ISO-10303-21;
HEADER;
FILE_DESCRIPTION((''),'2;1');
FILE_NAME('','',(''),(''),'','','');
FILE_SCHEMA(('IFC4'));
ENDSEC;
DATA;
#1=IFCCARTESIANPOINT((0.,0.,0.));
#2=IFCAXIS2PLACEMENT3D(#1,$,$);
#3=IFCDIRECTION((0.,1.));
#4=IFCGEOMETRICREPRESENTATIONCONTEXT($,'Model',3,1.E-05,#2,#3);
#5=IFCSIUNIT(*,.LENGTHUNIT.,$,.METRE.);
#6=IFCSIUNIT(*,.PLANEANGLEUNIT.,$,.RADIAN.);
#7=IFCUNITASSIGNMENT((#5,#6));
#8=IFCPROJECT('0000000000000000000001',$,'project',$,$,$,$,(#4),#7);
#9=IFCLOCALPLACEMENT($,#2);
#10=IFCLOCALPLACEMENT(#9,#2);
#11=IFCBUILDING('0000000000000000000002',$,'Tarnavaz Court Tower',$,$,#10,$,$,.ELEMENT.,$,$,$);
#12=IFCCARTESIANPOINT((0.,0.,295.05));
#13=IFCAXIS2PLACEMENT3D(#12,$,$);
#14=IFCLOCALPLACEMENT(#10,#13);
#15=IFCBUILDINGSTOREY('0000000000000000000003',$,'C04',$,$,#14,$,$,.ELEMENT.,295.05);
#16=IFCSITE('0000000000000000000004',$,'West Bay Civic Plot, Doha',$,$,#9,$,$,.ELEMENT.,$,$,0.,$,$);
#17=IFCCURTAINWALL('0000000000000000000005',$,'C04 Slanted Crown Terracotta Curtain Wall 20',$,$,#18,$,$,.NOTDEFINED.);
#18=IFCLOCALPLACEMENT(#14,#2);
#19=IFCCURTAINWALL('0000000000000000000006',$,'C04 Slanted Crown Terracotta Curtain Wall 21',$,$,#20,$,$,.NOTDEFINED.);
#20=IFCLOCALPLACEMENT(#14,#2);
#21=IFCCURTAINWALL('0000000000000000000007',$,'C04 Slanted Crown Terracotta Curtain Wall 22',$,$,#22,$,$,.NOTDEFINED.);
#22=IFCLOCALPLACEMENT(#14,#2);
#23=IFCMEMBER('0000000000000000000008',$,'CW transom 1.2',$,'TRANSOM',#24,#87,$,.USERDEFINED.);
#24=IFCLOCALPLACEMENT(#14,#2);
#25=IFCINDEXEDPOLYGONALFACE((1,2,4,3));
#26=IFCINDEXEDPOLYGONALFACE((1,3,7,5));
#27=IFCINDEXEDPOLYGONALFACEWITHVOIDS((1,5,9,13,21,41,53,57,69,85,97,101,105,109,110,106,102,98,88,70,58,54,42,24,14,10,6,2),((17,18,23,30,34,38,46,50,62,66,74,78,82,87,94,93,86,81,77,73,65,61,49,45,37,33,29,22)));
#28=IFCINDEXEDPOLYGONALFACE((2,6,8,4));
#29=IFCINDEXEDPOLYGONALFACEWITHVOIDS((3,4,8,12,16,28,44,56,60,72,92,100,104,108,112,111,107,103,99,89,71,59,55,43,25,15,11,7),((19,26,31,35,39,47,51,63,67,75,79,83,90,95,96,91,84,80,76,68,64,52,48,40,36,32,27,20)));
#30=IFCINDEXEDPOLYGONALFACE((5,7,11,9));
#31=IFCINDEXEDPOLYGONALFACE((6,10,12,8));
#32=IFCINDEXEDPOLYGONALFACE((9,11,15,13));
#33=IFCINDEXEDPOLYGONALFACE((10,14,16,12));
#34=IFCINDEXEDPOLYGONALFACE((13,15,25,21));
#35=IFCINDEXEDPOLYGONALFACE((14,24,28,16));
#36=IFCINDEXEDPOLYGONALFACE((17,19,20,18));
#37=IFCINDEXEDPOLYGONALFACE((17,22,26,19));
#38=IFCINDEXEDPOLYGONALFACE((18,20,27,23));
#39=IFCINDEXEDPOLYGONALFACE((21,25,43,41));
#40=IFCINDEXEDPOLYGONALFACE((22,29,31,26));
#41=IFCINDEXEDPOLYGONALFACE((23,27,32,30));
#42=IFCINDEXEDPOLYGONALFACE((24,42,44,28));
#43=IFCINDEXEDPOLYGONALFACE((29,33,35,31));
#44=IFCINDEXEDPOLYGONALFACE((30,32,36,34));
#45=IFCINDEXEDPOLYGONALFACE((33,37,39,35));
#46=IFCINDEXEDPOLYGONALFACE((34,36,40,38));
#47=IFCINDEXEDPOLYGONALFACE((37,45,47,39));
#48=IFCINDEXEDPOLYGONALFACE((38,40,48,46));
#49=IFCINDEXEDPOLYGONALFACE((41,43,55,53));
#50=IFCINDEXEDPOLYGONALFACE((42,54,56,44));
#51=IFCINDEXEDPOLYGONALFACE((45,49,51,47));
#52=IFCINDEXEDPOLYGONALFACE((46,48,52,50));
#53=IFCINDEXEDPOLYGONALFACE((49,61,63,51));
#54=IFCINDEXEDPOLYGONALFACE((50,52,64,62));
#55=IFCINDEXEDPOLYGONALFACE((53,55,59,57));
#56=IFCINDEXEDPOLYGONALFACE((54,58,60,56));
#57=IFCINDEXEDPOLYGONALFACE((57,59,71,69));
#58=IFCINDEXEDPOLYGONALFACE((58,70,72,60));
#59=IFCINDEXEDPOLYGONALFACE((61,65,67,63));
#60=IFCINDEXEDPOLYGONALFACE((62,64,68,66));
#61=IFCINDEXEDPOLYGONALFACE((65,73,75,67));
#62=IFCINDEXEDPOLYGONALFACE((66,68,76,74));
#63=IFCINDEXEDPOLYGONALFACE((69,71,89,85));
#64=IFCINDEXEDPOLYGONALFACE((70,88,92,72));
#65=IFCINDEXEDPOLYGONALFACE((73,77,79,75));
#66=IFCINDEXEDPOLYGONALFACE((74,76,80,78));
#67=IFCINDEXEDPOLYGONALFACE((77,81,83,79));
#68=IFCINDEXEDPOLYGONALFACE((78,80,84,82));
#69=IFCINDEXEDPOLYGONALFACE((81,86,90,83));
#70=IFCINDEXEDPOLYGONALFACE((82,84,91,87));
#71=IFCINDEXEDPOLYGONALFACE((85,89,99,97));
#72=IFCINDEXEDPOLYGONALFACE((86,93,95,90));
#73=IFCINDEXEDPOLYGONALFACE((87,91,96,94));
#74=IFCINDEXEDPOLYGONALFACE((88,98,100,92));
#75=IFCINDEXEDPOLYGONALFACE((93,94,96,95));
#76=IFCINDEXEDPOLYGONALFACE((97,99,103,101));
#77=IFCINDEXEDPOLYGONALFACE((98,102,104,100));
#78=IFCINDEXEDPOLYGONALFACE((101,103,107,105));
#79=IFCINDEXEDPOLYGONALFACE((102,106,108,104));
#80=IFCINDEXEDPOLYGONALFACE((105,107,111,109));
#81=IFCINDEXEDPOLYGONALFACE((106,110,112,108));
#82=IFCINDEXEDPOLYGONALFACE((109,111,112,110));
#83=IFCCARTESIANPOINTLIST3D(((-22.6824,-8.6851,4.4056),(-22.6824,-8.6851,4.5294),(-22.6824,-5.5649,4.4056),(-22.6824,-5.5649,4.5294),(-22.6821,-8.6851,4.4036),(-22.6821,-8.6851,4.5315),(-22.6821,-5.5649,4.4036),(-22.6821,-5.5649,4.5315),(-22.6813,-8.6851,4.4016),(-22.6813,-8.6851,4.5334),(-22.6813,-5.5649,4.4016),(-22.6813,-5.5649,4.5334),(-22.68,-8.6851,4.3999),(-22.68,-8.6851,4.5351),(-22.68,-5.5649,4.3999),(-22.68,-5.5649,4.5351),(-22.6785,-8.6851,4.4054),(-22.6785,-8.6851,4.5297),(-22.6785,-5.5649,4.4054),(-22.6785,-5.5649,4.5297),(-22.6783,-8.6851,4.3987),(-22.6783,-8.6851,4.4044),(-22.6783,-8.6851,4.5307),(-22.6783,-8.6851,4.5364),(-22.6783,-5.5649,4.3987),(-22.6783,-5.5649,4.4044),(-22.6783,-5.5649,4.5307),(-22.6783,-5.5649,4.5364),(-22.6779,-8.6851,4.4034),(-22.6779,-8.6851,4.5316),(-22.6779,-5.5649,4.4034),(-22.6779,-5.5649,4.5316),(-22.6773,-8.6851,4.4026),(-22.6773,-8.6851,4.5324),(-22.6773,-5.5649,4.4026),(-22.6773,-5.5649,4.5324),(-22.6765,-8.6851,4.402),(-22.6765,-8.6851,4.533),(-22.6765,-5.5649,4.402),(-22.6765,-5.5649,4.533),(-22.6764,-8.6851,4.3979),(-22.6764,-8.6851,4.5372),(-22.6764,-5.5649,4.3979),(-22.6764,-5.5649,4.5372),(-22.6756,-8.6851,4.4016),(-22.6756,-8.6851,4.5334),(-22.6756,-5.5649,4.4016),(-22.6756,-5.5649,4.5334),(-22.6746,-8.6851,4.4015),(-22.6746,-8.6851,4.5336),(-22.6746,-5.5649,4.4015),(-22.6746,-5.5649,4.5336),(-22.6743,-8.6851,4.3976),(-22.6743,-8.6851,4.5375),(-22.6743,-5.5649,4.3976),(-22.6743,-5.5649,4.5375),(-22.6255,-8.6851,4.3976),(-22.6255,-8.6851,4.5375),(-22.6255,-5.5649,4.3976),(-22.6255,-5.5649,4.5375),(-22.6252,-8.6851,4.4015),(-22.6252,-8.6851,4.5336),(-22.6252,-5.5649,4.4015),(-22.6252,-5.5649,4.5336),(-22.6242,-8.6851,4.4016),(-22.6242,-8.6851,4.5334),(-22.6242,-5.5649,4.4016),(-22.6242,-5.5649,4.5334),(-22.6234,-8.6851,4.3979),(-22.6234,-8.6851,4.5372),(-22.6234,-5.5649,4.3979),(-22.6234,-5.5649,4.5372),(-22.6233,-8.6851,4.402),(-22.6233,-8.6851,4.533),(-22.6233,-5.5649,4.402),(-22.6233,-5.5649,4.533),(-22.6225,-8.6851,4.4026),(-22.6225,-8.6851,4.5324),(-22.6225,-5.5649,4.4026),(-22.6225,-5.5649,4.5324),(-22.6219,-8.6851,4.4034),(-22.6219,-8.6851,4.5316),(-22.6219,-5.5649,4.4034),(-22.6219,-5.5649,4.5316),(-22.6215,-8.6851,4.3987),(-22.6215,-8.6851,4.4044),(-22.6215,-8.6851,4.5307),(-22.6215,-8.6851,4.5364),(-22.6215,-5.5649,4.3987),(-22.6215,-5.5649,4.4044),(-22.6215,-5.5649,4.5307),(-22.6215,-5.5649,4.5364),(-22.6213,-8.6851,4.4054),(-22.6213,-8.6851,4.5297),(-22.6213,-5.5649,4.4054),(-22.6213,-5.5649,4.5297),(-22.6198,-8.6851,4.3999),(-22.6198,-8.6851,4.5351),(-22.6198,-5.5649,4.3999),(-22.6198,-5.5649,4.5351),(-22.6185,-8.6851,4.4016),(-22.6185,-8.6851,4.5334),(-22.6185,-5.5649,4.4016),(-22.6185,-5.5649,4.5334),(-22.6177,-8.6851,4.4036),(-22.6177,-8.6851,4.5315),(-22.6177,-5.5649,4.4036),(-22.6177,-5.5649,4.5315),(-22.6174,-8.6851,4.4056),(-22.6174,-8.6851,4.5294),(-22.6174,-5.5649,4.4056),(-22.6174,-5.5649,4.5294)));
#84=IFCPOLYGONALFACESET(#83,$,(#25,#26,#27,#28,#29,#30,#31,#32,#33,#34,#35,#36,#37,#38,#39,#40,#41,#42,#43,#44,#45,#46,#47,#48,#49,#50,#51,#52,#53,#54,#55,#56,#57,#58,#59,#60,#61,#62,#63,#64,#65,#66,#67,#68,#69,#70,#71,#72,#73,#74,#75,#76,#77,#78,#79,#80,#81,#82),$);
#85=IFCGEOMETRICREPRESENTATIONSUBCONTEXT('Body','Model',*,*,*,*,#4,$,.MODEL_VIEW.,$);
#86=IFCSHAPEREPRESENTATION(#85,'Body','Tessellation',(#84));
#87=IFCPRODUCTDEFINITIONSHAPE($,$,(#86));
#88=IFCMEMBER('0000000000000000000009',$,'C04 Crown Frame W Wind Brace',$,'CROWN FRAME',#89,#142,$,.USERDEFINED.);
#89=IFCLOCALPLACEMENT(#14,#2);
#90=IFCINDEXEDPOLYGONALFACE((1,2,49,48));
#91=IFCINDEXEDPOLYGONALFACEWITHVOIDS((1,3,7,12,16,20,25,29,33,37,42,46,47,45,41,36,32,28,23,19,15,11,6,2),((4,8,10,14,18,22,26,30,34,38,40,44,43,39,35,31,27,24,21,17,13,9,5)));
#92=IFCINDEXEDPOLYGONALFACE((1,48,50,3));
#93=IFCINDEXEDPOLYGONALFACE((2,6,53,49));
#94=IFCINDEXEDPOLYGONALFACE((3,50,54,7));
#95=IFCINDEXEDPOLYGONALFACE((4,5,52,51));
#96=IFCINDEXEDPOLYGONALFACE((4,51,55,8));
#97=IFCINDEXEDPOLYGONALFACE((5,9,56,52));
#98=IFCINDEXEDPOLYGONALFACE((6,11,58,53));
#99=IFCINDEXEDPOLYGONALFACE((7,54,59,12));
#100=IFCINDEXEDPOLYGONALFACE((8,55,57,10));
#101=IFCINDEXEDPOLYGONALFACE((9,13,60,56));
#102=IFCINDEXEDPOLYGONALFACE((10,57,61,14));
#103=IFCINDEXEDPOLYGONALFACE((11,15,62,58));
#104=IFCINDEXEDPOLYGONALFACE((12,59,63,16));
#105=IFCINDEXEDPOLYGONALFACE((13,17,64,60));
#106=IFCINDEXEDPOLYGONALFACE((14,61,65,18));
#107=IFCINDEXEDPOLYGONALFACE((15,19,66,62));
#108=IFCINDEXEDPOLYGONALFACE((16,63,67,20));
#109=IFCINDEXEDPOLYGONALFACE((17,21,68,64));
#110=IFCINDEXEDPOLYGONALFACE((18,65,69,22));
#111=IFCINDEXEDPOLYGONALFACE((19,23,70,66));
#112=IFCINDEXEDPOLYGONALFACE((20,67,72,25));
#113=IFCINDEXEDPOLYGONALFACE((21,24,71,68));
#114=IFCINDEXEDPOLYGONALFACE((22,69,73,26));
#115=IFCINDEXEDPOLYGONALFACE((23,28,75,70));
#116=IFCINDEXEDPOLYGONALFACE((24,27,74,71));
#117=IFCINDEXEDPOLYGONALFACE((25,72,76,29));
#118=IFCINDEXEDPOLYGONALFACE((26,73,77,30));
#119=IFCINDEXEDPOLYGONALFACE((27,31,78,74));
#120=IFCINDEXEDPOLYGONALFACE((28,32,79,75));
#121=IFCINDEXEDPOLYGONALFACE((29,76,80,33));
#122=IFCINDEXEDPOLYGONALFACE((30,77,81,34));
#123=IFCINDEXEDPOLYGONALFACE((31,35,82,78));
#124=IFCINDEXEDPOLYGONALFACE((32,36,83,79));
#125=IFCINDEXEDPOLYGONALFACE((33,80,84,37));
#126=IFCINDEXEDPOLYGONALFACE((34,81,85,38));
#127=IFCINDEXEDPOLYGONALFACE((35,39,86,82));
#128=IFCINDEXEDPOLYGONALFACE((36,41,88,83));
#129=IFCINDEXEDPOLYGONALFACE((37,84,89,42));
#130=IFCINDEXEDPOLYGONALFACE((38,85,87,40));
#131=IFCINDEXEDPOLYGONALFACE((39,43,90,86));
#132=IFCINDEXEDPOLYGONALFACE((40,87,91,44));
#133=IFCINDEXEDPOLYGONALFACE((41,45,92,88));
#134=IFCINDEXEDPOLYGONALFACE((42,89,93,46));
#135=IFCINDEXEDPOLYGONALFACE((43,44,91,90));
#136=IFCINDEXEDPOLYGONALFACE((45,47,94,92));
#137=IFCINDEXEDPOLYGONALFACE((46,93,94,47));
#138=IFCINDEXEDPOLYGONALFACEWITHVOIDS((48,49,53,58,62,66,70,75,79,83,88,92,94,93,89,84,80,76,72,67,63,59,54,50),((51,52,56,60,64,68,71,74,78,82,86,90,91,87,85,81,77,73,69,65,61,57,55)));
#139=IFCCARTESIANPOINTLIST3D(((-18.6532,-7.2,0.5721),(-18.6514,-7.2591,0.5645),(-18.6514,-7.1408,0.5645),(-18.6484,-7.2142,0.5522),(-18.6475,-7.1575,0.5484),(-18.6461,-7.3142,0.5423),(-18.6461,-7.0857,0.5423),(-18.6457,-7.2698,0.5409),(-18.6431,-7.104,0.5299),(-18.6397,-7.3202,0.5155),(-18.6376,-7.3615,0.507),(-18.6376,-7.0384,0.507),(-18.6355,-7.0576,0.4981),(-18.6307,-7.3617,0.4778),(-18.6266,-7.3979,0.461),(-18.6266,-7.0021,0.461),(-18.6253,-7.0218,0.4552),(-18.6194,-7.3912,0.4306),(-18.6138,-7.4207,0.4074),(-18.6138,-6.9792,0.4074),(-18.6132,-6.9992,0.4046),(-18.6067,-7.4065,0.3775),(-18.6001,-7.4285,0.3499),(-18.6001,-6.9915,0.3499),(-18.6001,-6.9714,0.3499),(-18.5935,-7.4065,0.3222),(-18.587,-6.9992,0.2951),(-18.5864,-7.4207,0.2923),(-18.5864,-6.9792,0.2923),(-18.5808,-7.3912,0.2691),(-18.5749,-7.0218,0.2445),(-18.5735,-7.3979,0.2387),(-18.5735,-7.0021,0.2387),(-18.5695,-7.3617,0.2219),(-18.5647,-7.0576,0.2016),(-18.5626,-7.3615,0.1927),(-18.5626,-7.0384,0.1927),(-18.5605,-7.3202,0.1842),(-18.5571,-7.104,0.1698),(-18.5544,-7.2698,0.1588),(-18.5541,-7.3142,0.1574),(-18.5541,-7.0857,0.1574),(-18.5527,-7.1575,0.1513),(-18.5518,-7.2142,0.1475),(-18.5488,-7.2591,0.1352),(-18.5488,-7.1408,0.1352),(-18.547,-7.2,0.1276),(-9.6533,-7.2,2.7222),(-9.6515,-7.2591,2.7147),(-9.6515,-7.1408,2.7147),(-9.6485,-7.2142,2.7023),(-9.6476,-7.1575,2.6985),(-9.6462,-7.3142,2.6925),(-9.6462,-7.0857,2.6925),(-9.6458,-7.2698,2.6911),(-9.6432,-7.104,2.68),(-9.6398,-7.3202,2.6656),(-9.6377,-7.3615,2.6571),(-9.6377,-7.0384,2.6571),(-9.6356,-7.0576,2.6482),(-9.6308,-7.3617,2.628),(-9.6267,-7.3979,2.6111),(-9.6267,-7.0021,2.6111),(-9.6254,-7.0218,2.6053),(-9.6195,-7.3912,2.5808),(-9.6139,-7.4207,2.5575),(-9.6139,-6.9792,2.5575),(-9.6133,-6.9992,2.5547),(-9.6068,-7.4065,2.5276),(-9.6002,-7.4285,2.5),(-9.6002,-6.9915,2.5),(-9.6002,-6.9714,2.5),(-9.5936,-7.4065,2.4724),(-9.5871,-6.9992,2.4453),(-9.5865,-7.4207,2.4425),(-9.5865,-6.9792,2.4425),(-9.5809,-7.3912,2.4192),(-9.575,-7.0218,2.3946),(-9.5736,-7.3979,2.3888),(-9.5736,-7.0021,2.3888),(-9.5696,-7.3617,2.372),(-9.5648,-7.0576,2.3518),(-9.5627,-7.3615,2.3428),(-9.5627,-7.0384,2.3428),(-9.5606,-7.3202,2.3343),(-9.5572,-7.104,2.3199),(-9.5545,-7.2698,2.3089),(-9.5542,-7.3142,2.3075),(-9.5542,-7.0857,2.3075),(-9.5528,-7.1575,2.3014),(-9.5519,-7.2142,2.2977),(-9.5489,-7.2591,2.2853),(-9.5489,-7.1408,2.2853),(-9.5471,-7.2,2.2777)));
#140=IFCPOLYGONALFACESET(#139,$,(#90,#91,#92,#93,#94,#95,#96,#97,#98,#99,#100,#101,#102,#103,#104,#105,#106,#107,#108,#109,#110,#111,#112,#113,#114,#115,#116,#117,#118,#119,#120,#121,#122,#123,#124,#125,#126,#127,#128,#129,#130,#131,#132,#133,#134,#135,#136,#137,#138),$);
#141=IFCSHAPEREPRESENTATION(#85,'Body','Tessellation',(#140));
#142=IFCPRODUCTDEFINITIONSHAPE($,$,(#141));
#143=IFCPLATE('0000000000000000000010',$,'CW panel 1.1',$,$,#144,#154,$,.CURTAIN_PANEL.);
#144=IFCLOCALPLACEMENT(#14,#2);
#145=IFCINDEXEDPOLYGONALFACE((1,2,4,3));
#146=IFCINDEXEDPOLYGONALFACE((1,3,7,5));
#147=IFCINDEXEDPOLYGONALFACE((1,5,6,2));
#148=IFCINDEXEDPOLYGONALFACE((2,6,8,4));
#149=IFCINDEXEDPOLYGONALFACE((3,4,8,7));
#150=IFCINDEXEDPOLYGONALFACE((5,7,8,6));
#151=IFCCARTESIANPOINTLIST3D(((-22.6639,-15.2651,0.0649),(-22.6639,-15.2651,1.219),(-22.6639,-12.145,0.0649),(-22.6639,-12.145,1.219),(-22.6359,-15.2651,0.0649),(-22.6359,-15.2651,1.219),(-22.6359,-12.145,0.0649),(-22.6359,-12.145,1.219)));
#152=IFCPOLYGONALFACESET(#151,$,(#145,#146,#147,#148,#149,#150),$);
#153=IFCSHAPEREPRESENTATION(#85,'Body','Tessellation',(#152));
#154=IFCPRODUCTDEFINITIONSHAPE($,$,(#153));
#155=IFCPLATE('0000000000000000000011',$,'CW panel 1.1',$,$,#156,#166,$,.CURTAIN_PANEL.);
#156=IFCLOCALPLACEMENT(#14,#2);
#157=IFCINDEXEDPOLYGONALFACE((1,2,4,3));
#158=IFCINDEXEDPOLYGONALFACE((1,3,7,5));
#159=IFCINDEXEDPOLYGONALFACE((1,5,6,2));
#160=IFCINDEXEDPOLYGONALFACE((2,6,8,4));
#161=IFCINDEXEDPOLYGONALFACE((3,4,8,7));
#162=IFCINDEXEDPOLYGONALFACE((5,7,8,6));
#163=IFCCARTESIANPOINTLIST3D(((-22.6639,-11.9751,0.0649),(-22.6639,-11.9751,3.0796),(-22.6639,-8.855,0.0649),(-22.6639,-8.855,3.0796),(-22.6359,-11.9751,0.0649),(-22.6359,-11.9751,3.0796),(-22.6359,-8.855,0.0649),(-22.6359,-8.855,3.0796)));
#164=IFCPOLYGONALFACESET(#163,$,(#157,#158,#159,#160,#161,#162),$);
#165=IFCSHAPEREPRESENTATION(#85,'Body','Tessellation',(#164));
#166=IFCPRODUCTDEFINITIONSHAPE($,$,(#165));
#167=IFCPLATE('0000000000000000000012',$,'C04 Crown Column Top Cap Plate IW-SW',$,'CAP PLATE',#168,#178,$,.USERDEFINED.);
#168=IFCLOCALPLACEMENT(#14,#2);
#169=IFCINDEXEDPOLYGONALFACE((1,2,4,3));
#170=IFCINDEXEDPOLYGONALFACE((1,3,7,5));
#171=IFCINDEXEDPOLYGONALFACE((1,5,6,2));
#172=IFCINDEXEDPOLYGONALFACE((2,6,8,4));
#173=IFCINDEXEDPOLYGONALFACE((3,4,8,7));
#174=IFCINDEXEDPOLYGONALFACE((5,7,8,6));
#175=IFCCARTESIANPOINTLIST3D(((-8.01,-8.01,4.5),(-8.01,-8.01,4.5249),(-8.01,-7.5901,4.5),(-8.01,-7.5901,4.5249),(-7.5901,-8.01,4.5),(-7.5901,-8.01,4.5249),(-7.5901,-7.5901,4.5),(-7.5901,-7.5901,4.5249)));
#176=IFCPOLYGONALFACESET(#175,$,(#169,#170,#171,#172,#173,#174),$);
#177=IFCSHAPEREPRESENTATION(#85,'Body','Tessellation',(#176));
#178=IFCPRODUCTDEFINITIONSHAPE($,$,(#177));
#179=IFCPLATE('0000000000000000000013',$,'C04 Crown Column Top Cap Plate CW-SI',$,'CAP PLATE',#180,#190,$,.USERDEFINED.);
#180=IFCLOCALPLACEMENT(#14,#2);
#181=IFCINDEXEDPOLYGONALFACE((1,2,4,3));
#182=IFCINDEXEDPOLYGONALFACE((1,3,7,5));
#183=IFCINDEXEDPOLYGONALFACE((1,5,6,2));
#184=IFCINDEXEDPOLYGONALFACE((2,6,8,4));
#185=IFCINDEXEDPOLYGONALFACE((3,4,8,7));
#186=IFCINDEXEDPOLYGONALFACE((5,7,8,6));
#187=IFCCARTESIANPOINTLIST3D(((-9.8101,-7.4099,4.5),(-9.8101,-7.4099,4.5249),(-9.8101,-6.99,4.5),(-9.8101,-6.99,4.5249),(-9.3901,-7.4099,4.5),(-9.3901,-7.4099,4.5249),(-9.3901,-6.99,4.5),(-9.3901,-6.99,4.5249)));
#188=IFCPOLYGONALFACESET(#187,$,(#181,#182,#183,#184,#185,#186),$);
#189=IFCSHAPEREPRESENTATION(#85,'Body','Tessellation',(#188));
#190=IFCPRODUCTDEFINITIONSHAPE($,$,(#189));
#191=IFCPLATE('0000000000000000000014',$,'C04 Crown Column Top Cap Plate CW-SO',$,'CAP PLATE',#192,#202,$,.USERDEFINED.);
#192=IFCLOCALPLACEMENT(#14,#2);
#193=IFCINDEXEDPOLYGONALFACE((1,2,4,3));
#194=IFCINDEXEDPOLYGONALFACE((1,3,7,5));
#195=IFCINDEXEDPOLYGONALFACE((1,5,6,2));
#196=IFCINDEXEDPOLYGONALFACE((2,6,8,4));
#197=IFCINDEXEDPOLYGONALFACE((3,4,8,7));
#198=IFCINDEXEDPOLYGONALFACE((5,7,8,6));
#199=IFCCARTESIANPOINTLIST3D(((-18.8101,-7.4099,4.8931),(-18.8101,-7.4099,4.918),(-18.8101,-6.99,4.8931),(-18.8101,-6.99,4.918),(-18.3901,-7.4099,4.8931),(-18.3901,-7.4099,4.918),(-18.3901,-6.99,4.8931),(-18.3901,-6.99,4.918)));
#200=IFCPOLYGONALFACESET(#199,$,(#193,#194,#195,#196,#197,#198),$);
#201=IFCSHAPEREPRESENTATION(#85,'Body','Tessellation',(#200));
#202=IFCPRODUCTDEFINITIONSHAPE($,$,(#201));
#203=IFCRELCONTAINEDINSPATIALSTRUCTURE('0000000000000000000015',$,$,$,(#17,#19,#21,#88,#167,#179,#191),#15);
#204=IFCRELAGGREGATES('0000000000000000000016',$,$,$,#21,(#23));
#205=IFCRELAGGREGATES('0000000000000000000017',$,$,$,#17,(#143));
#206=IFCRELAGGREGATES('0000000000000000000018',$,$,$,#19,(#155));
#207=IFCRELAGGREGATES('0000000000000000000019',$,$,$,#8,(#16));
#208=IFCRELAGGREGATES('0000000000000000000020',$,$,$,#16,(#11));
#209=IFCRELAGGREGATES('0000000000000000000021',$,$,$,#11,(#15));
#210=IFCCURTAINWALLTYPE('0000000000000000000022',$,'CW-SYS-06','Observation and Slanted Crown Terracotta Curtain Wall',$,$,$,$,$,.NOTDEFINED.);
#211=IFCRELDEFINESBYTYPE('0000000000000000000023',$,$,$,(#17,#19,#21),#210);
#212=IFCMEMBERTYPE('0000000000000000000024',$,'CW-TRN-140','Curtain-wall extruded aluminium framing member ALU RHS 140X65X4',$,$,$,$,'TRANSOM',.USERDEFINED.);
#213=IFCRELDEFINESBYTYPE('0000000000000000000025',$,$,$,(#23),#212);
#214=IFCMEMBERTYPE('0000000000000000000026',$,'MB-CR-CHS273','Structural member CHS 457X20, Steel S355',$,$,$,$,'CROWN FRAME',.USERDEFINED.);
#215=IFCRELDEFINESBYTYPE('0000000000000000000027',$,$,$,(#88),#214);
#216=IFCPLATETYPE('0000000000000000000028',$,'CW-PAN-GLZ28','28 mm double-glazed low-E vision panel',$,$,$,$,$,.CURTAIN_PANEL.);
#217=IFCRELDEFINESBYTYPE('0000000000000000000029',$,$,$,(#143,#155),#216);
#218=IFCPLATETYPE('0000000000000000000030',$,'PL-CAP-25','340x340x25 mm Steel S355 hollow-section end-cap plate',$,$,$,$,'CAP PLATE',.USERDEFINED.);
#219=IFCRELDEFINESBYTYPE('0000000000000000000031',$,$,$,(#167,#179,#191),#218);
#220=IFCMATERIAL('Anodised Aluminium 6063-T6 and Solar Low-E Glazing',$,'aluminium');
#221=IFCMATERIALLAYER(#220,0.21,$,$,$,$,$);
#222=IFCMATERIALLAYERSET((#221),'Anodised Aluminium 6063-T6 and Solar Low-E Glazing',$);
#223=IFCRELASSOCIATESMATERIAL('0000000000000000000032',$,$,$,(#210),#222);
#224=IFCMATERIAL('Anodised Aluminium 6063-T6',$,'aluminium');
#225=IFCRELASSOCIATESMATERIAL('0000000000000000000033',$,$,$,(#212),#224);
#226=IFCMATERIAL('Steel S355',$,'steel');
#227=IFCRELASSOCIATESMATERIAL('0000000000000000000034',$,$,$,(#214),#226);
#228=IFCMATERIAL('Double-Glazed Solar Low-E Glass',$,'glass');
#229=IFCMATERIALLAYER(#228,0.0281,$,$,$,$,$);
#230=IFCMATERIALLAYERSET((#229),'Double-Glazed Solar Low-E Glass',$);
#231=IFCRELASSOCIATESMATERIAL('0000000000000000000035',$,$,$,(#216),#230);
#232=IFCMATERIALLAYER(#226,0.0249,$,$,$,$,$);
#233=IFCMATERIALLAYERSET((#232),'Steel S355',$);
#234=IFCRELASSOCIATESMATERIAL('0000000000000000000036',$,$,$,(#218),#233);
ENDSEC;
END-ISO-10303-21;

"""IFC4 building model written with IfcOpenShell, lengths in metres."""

from ifc_helpers import new_model, si_unit, direction, frame, origin, origin_2d, place, context, subcontext, project, spatial, rectangle, hollow_rectangle, hollow_circle, extrude, material, layer, layer_set, material_profile, profile_set, type_object, element, aggregate, save


model = new_model("IFC4")

# Units and contexts
model_context = context("Model", 3, precision=1e-05, world=origin(), true_north=direction((0.0, 1.0)))
body_context = subcontext(model_context, "Body", "Model", "MODEL_VIEW")
ifc_project = project(units=[si_unit("LENGTHUNIT", "METRE"), si_unit("PLANEANGLEUNIT", "RADIAN")], contexts=[model_context])

# Site, building, storey
site_placement = place(None, origin())
site = spatial("IfcSite", under=ifc_project, at=site_placement, Name="West Bay Civic Plot, Doha", CompositionType="ELEMENT", RefElevation=0.0)
building_placement = place(site_placement, origin())
building = spatial("IfcBuilding", under=site, at=building_placement, Name="Tarnavaz Court Tower", CompositionType="ELEMENT")
storey_placement = place(building_placement, frame((0.0, 0.0, 295.05)))
storey = spatial("IfcBuildingStorey", under=building, at=storey_placement, Name="C04", CompositionType="ELEMENT", Elevation=295.05)

# Shared definitions
ifc_material_1 = material(Name="Steel S355", Category="steel")

# Curtain walls
ifc_material_2 = material(Name="Anodised Aluminium 6063-T6 and Solar Low-E Glazing", Category="aluminium")
ifc_layer_1 = layer(ifc_material_2, 0.21)
ifc_layer_set_1 = layer_set([ifc_layer_1], Name="Anodised Aluminium 6063-T6 and Solar Low-E Glazing")
curtain_wall_type = type_object("IfcCurtainWallType", Name="CW-SYS-06", Description="Observation and Slanted Crown Terracotta Curtain Wall", PredefinedType="NOTDEFINED", material=ifc_layer_set_1)
curtain_wall_1_placement = place(storey_placement, origin())
curtain_wall_1 = element("IfcCurtainWall", 1, at=curtain_wall_1_placement, inside=storey, type_object=curtain_wall_type, Name="C04 Slanted Crown Terracotta Curtain Wall 20", PredefinedType="NOTDEFINED")
ifc_material_3 = material(Name="Anodised Aluminium 6063-T6", Category="aluminium")
curtain_wall_2_placement = place(storey_placement, origin())
curtain_wall_2 = element("IfcCurtainWall", 2, at=curtain_wall_2_placement, inside=storey, type_object=curtain_wall_type, Name="C04 Slanted Crown Terracotta Curtain Wall 21", PredefinedType="NOTDEFINED")

# Curtain wall
curtain_wall_3_placement = place(storey_placement, origin())
curtain_wall_3 = element("IfcCurtainWall", 3, at=curtain_wall_3_placement, inside=storey, type_object=curtain_wall_type, Name="C04 Slanted Crown Terracotta Curtain Wall 22", PredefinedType="NOTDEFINED")

# Members
ifc_material_profile_1 = material_profile(ifc_material_3, hollow_rectangle(XDim=0.0649, YDim=0.1399, WallThickness=0.0039, InnerFilletRadius=0.0039, OuterFilletRadius=0.0081, at=origin_2d()), Name="ALU RHS 140X65X4")
ifc_profile_set_1 = profile_set([ifc_material_profile_1], Name="Anodised Aluminium 6063-T6")
member_type_1 = type_object("IfcMemberType", Name="CW-TRN-140", Description="Curtain-wall extruded aluminium framing member ALU RHS 140X65X4", ElementType="TRANSOM", PredefinedType="USERDEFINED", material=ifc_profile_set_1)
member_1_placement = place(storey_placement, frame((-22.6499, -8.6851, 4.4675), z_axis=(0.0, 1.0, 0.0), x_axis=(-1.0, 0.0, 0.0)))
member_1 = element("IfcMember", 4, at=member_1_placement, type_object=member_type_1, Name="CW transom 1.2", ObjectType="TRANSOM", PredefinedType="USERDEFINED", context=body_context, shape_type="SweptSolid", body=[
    extrude(hollow_rectangle(XDim=0.0649, YDim=0.1399, WallThickness=0.0039, InnerFilletRadius=0.0039, OuterFilletRadius=0.0081, at=origin_2d()), origin(), (0.0, 0.0, 1.0), 3.1201),
])
aggregate(curtain_wall_3, [member_1])
ifc_material_profile_2 = material_profile(ifc_material_1, hollow_circle(Radius=0.2285, WallThickness=0.02, at=origin_2d()), Name="CHS 457X20")
ifc_profile_set_2 = profile_set([ifc_material_profile_2], Name="Steel S355")
member_type_2 = type_object("IfcMemberType", Name="MB-CR-CHS273", Description="Structural member CHS 457X20, Steel S355", ElementType="CROWN FRAME", PredefinedType="USERDEFINED", material=ifc_profile_set_2)
member_2_placement = place(storey_placement, frame((-18.6001, -7.2, 0.3499), z_axis=(0.972628, 0.0, 0.232366), x_axis=(0.0, 1.0, 0.0)))
element("IfcMember", 5, at=member_2_placement, inside=storey, type_object=member_type_2, Name="C04 Crown Frame W Wind Brace", ObjectType="CROWN FRAME", PredefinedType="USERDEFINED", context=body_context, shape_type="SweptSolid", body=[
    extrude(hollow_circle(Radius=0.2285, WallThickness=0.02, at=origin_2d()), origin(), (0.0, 0.0, 1.0), 9.2532),
])

# Plates
ifc_material_4 = material(Name="Double-Glazed Solar Low-E Glass", Category="glass")
ifc_layer_2 = layer(ifc_material_4, 0.0281)
ifc_layer_set_2 = layer_set([ifc_layer_2], Name="Double-Glazed Solar Low-E Glass")
plate_type_1 = type_object("IfcPlateType", Name="CW-PAN-GLZ28", Description="28 mm double-glazed low-E vision panel", PredefinedType="CURTAIN_PANEL", material=ifc_layer_set_2)
plate_1_placement = place(storey_placement, frame((-22.6499, -13.7051, 0.0649), z_axis=(0.0, 0.0, 1.0), x_axis=(0.0, 1.0, 0.0)))
plate_1 = element("IfcPlate", 6, at=plate_1_placement, type_object=plate_type_1, Name="CW panel 1.1", PredefinedType="CURTAIN_PANEL", context=body_context, shape_type="SweptSolid", body=[
    extrude(rectangle(XDim=3.1201, YDim=0.0281, at=origin_2d()), origin(), (0.0, 0.0, 1.0), 1.1541),
])
aggregate(curtain_wall_1, [plate_1])
plate_2_placement = place(storey_placement, frame((-22.6499, -10.415, 0.0649), z_axis=(0.0, 0.0, 1.0), x_axis=(0.0, 1.0, 0.0)))
plate_2 = element("IfcPlate", 7, at=plate_2_placement, type_object=plate_type_1, Name="CW panel 1.1", PredefinedType="CURTAIN_PANEL", context=body_context, shape_type="SweptSolid", body=[
    extrude(rectangle(XDim=3.1201, YDim=0.0281, at=origin_2d()), origin(), (0.0, 0.0, 1.0), 3.0146),
])
aggregate(curtain_wall_2, [plate_2])

# Plates
ifc_layer_3 = layer(ifc_material_1, 0.0249)
ifc_layer_set_3 = layer_set([ifc_layer_3], Name="Steel S355")
plate_type_2 = type_object("IfcPlateType", Name="PL-CAP-25", Description="340x340x25 mm Steel S355 hollow-section end-cap plate", ElementType="CAP PLATE", PredefinedType="USERDEFINED", material=ifc_layer_set_3)
for number, where, z_axis, x_axis, name in (
    (8, (-7.8, -7.8, 4.5), (0.0, 0.0, 1.0), (1.0, 0.0, 0.0), "C04 Crown Column Top Cap Plate IW-SW"),
    (9, (-9.6001, -7.2, 4.5), (0.0, 0.0, 1.0), (1.0, 0.0, 0.0), "C04 Crown Column Top Cap Plate CW-SI"),
    (10, (-18.6001, -7.2, 4.8931), (0.0, 0.0, 1.0), (1.0, 0.0, 0.0), "C04 Crown Column Top Cap Plate CW-SO"),
):
    element("IfcPlate", number, at=place(storey_placement, frame(where, z_axis=z_axis, x_axis=x_axis)), inside=storey, type_object=plate_type_2, Name=name, ObjectType="CAP PLATE", PredefinedType="USERDEFINED", context=body_context, shape_type="SweptSolid", body=[
        extrude(rectangle(XDim=0.4199, YDim=0.4199, at=origin_2d()), origin(), (0.0, 0.0, 1.0), 0.0249),
    ])

save(model, "model.ifc")
